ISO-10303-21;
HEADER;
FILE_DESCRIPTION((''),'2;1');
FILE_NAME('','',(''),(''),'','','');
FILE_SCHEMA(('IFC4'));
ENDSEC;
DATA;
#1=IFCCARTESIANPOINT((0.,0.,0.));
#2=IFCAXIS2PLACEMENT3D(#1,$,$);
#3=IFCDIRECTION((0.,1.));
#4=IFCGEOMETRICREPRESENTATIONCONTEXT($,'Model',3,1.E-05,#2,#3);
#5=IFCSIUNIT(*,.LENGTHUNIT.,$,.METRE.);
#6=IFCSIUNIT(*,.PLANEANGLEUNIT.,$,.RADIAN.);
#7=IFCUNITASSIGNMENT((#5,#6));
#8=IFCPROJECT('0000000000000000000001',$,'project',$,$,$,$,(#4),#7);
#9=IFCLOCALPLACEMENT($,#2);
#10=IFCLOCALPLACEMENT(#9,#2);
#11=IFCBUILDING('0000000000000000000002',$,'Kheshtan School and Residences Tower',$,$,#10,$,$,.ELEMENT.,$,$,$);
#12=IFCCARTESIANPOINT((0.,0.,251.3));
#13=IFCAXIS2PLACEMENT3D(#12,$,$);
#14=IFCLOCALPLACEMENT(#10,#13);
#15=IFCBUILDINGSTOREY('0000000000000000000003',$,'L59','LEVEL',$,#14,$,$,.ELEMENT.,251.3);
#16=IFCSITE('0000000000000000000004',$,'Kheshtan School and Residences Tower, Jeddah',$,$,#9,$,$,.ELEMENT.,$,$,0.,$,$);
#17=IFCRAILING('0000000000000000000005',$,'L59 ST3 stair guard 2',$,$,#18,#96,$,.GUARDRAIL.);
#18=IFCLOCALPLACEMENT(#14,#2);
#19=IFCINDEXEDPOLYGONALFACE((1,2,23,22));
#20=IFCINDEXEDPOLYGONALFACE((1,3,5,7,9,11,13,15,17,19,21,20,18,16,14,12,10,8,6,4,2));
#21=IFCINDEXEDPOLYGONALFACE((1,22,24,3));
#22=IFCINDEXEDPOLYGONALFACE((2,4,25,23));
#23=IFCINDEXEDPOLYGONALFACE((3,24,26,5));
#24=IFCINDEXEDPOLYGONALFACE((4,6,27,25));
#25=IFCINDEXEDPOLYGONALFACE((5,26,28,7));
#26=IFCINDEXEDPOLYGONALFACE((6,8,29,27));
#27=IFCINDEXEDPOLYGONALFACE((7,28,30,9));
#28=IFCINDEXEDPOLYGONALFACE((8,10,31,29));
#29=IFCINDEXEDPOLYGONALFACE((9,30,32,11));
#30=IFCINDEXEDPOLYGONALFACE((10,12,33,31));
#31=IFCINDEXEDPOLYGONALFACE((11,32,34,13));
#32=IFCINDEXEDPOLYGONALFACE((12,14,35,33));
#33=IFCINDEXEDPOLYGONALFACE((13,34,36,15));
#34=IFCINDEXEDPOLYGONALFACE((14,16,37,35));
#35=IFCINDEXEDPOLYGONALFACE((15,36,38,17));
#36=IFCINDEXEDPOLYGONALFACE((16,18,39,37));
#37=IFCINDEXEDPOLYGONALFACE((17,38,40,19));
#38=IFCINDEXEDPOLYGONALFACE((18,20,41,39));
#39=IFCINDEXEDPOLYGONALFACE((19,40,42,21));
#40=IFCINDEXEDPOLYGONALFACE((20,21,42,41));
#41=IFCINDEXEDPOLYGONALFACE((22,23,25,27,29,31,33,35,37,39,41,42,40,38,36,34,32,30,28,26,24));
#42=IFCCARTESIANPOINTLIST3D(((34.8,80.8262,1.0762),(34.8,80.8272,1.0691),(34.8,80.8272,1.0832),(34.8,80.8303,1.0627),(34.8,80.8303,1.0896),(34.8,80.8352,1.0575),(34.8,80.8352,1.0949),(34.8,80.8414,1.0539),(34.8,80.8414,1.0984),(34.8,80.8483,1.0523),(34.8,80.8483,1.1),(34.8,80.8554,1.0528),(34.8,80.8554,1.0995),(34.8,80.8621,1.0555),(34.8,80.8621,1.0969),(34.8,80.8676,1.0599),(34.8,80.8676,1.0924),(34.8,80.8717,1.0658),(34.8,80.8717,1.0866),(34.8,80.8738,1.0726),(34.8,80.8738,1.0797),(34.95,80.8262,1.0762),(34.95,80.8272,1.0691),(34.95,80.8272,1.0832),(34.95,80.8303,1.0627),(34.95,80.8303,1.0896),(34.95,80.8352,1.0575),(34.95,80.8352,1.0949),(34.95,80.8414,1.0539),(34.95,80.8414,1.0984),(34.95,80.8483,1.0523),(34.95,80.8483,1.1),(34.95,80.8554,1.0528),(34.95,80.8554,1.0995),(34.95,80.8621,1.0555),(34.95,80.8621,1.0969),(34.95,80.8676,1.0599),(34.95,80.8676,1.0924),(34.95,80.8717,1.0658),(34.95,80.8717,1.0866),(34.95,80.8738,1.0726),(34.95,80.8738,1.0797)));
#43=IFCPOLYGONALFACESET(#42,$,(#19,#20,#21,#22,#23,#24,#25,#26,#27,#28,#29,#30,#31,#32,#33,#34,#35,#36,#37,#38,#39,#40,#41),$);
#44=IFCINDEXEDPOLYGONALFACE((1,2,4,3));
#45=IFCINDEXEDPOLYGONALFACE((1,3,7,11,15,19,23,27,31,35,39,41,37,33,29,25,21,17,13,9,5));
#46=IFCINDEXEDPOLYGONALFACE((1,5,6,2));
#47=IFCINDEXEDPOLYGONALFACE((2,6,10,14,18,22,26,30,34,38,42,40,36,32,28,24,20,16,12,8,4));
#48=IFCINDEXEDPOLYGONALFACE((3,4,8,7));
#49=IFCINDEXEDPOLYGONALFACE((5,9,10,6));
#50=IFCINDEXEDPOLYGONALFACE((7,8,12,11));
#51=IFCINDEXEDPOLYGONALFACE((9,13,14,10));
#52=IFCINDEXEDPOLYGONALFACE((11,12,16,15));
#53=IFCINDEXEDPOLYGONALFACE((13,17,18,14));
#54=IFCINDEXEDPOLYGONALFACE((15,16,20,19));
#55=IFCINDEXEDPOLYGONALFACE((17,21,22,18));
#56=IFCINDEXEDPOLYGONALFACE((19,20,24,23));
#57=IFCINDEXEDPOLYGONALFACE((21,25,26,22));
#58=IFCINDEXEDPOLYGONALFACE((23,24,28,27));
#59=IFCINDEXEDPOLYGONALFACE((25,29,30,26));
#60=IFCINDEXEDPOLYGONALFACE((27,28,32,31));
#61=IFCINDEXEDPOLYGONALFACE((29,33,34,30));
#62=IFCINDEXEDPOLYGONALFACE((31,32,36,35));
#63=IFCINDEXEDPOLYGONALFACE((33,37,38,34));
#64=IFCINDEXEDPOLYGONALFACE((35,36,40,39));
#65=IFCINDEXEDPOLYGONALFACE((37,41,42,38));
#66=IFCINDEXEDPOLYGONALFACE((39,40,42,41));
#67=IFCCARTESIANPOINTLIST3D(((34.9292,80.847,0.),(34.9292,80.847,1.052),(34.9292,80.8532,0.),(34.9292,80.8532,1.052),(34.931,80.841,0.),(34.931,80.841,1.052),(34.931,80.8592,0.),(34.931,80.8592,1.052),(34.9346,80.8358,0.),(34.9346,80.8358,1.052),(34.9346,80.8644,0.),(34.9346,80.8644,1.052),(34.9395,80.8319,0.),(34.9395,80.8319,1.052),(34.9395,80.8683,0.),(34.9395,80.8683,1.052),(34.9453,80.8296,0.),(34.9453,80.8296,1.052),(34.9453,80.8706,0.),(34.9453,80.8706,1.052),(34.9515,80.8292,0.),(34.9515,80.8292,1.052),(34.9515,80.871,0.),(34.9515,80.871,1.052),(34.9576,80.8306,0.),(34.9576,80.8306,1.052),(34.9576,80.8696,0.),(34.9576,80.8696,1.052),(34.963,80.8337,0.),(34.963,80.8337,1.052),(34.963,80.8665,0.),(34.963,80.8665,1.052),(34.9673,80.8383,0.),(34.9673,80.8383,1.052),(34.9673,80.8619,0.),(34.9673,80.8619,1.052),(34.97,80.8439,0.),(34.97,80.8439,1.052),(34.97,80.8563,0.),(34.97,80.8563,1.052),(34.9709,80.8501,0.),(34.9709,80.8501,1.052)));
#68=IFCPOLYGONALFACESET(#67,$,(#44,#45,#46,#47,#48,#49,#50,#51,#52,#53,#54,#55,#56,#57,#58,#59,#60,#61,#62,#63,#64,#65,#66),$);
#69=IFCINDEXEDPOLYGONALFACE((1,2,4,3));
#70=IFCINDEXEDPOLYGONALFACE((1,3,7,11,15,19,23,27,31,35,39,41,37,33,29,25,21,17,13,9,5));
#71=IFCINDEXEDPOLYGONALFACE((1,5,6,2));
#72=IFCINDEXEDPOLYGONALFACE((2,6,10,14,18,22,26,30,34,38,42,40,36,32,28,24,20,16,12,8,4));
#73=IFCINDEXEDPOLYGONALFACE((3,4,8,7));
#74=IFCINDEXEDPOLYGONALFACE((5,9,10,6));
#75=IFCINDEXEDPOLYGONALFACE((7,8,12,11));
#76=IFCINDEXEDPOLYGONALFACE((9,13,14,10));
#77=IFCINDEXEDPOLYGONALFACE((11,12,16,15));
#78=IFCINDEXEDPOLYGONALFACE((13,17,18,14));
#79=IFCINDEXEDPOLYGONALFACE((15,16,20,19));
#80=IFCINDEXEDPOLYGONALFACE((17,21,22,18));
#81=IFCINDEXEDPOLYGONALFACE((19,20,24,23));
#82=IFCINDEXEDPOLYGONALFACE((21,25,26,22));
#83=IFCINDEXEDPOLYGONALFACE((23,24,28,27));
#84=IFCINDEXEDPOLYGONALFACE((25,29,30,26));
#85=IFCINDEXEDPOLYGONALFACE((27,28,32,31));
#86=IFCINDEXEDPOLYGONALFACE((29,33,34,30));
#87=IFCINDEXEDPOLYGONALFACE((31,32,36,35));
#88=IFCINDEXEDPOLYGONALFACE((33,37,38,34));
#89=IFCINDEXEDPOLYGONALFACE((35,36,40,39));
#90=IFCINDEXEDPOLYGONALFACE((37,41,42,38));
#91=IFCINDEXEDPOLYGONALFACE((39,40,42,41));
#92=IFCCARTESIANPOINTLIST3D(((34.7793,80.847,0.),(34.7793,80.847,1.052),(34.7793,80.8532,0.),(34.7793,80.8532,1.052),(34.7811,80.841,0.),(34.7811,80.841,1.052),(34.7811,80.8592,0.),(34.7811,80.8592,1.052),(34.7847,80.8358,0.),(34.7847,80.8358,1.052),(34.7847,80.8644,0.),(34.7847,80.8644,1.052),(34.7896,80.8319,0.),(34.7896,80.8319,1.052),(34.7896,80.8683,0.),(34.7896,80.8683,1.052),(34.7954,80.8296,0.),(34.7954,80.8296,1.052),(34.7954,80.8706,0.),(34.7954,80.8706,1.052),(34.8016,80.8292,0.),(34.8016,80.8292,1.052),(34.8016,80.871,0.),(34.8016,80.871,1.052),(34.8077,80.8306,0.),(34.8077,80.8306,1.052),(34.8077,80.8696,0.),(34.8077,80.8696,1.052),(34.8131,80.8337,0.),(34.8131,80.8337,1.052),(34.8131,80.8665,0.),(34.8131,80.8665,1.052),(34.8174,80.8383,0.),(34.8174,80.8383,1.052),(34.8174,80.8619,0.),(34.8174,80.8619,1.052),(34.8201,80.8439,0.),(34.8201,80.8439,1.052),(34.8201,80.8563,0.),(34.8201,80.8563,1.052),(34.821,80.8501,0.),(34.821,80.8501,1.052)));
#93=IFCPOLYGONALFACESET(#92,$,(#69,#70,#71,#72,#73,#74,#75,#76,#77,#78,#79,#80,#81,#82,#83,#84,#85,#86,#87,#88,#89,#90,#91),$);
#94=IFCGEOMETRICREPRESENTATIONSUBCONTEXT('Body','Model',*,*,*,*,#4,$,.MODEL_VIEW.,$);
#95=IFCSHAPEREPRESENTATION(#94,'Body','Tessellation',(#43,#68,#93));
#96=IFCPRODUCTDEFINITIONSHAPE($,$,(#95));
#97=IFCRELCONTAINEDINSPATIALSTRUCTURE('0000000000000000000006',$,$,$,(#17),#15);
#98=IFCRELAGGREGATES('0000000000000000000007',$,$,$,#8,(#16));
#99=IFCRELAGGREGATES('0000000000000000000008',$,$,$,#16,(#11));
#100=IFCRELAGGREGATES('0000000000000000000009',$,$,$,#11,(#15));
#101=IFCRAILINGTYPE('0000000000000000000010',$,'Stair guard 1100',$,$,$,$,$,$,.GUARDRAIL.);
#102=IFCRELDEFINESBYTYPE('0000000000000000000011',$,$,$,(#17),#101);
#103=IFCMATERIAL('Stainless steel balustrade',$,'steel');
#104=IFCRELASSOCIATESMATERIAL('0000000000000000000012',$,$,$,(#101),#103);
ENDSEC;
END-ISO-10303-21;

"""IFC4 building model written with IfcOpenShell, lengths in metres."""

from ifc_helpers import new_model, si_unit, direction, frame, origin, origin_2d, place, context, subcontext, project, spatial, circle, extrude, material, type_object, element, save


model = new_model("IFC4")

# Units and contexts
model_context = context("Model", 3, precision=1e-05, world=origin(), true_north=direction((0.0, 1.0)))
body_context = subcontext(model_context, "Body", "Model", "MODEL_VIEW")
ifc_project = project(units=[si_unit("LENGTHUNIT", "METRE"), si_unit("PLANEANGLEUNIT", "RADIAN")], contexts=[model_context])

# Site, building, storey
site_placement = place(None, origin())
site = spatial("IfcSite", under=ifc_project, at=site_placement, Name="Kheshtan School and Residences Tower, Jeddah", CompositionType="ELEMENT", RefElevation=0.0)
building_placement = place(site_placement, origin())
building = spatial("IfcBuilding", under=site, at=building_placement, Name="Kheshtan School and Residences Tower", CompositionType="ELEMENT")
storey_placement = place(building_placement, frame((0.0, 0.0, 251.3)))
storey = spatial("IfcBuildingStorey", under=building, at=storey_placement, Name="L59", Description="LEVEL", CompositionType="ELEMENT", Elevation=251.3)

# Railing
ifc_material_1 = material(Name="Stainless steel balustrade", Category="steel")
railing_type_1 = type_object("IfcRailingType", Name="Stair guard 1100", PredefinedType="GUARDRAIL", material=ifc_material_1)
railing_1_placement = place(storey_placement, frame((34.95, 80.8501, 0.0)))
element("IfcRailing", 1, at=railing_1_placement, inside=storey, type_object=railing_type_1, Name="L59 ST3 stair guard 2", PredefinedType="GUARDRAIL", context=body_context, shape_type="SweptSolid", body=[
    extrude(circle(Radius=0.0239, at=origin_2d()), frame((0.0, 0.0, 1.0762), z_axis=(-1.0, 0.0, 0.0), x_axis=(0.0, -1.0, 0.0)), (0.0, 0.0, 1.0), 0.1499),
    extrude(circle(Radius=0.021, at=origin_2d()), origin(), (0.0, 0.0, 1.0), 1.052),
    extrude(circle(Radius=0.021, at=origin_2d()), frame((-0.1499, 0.0, 0.0)), (0.0, 0.0, 1.0), 1.052),
])

save(model, "model.ifc")
